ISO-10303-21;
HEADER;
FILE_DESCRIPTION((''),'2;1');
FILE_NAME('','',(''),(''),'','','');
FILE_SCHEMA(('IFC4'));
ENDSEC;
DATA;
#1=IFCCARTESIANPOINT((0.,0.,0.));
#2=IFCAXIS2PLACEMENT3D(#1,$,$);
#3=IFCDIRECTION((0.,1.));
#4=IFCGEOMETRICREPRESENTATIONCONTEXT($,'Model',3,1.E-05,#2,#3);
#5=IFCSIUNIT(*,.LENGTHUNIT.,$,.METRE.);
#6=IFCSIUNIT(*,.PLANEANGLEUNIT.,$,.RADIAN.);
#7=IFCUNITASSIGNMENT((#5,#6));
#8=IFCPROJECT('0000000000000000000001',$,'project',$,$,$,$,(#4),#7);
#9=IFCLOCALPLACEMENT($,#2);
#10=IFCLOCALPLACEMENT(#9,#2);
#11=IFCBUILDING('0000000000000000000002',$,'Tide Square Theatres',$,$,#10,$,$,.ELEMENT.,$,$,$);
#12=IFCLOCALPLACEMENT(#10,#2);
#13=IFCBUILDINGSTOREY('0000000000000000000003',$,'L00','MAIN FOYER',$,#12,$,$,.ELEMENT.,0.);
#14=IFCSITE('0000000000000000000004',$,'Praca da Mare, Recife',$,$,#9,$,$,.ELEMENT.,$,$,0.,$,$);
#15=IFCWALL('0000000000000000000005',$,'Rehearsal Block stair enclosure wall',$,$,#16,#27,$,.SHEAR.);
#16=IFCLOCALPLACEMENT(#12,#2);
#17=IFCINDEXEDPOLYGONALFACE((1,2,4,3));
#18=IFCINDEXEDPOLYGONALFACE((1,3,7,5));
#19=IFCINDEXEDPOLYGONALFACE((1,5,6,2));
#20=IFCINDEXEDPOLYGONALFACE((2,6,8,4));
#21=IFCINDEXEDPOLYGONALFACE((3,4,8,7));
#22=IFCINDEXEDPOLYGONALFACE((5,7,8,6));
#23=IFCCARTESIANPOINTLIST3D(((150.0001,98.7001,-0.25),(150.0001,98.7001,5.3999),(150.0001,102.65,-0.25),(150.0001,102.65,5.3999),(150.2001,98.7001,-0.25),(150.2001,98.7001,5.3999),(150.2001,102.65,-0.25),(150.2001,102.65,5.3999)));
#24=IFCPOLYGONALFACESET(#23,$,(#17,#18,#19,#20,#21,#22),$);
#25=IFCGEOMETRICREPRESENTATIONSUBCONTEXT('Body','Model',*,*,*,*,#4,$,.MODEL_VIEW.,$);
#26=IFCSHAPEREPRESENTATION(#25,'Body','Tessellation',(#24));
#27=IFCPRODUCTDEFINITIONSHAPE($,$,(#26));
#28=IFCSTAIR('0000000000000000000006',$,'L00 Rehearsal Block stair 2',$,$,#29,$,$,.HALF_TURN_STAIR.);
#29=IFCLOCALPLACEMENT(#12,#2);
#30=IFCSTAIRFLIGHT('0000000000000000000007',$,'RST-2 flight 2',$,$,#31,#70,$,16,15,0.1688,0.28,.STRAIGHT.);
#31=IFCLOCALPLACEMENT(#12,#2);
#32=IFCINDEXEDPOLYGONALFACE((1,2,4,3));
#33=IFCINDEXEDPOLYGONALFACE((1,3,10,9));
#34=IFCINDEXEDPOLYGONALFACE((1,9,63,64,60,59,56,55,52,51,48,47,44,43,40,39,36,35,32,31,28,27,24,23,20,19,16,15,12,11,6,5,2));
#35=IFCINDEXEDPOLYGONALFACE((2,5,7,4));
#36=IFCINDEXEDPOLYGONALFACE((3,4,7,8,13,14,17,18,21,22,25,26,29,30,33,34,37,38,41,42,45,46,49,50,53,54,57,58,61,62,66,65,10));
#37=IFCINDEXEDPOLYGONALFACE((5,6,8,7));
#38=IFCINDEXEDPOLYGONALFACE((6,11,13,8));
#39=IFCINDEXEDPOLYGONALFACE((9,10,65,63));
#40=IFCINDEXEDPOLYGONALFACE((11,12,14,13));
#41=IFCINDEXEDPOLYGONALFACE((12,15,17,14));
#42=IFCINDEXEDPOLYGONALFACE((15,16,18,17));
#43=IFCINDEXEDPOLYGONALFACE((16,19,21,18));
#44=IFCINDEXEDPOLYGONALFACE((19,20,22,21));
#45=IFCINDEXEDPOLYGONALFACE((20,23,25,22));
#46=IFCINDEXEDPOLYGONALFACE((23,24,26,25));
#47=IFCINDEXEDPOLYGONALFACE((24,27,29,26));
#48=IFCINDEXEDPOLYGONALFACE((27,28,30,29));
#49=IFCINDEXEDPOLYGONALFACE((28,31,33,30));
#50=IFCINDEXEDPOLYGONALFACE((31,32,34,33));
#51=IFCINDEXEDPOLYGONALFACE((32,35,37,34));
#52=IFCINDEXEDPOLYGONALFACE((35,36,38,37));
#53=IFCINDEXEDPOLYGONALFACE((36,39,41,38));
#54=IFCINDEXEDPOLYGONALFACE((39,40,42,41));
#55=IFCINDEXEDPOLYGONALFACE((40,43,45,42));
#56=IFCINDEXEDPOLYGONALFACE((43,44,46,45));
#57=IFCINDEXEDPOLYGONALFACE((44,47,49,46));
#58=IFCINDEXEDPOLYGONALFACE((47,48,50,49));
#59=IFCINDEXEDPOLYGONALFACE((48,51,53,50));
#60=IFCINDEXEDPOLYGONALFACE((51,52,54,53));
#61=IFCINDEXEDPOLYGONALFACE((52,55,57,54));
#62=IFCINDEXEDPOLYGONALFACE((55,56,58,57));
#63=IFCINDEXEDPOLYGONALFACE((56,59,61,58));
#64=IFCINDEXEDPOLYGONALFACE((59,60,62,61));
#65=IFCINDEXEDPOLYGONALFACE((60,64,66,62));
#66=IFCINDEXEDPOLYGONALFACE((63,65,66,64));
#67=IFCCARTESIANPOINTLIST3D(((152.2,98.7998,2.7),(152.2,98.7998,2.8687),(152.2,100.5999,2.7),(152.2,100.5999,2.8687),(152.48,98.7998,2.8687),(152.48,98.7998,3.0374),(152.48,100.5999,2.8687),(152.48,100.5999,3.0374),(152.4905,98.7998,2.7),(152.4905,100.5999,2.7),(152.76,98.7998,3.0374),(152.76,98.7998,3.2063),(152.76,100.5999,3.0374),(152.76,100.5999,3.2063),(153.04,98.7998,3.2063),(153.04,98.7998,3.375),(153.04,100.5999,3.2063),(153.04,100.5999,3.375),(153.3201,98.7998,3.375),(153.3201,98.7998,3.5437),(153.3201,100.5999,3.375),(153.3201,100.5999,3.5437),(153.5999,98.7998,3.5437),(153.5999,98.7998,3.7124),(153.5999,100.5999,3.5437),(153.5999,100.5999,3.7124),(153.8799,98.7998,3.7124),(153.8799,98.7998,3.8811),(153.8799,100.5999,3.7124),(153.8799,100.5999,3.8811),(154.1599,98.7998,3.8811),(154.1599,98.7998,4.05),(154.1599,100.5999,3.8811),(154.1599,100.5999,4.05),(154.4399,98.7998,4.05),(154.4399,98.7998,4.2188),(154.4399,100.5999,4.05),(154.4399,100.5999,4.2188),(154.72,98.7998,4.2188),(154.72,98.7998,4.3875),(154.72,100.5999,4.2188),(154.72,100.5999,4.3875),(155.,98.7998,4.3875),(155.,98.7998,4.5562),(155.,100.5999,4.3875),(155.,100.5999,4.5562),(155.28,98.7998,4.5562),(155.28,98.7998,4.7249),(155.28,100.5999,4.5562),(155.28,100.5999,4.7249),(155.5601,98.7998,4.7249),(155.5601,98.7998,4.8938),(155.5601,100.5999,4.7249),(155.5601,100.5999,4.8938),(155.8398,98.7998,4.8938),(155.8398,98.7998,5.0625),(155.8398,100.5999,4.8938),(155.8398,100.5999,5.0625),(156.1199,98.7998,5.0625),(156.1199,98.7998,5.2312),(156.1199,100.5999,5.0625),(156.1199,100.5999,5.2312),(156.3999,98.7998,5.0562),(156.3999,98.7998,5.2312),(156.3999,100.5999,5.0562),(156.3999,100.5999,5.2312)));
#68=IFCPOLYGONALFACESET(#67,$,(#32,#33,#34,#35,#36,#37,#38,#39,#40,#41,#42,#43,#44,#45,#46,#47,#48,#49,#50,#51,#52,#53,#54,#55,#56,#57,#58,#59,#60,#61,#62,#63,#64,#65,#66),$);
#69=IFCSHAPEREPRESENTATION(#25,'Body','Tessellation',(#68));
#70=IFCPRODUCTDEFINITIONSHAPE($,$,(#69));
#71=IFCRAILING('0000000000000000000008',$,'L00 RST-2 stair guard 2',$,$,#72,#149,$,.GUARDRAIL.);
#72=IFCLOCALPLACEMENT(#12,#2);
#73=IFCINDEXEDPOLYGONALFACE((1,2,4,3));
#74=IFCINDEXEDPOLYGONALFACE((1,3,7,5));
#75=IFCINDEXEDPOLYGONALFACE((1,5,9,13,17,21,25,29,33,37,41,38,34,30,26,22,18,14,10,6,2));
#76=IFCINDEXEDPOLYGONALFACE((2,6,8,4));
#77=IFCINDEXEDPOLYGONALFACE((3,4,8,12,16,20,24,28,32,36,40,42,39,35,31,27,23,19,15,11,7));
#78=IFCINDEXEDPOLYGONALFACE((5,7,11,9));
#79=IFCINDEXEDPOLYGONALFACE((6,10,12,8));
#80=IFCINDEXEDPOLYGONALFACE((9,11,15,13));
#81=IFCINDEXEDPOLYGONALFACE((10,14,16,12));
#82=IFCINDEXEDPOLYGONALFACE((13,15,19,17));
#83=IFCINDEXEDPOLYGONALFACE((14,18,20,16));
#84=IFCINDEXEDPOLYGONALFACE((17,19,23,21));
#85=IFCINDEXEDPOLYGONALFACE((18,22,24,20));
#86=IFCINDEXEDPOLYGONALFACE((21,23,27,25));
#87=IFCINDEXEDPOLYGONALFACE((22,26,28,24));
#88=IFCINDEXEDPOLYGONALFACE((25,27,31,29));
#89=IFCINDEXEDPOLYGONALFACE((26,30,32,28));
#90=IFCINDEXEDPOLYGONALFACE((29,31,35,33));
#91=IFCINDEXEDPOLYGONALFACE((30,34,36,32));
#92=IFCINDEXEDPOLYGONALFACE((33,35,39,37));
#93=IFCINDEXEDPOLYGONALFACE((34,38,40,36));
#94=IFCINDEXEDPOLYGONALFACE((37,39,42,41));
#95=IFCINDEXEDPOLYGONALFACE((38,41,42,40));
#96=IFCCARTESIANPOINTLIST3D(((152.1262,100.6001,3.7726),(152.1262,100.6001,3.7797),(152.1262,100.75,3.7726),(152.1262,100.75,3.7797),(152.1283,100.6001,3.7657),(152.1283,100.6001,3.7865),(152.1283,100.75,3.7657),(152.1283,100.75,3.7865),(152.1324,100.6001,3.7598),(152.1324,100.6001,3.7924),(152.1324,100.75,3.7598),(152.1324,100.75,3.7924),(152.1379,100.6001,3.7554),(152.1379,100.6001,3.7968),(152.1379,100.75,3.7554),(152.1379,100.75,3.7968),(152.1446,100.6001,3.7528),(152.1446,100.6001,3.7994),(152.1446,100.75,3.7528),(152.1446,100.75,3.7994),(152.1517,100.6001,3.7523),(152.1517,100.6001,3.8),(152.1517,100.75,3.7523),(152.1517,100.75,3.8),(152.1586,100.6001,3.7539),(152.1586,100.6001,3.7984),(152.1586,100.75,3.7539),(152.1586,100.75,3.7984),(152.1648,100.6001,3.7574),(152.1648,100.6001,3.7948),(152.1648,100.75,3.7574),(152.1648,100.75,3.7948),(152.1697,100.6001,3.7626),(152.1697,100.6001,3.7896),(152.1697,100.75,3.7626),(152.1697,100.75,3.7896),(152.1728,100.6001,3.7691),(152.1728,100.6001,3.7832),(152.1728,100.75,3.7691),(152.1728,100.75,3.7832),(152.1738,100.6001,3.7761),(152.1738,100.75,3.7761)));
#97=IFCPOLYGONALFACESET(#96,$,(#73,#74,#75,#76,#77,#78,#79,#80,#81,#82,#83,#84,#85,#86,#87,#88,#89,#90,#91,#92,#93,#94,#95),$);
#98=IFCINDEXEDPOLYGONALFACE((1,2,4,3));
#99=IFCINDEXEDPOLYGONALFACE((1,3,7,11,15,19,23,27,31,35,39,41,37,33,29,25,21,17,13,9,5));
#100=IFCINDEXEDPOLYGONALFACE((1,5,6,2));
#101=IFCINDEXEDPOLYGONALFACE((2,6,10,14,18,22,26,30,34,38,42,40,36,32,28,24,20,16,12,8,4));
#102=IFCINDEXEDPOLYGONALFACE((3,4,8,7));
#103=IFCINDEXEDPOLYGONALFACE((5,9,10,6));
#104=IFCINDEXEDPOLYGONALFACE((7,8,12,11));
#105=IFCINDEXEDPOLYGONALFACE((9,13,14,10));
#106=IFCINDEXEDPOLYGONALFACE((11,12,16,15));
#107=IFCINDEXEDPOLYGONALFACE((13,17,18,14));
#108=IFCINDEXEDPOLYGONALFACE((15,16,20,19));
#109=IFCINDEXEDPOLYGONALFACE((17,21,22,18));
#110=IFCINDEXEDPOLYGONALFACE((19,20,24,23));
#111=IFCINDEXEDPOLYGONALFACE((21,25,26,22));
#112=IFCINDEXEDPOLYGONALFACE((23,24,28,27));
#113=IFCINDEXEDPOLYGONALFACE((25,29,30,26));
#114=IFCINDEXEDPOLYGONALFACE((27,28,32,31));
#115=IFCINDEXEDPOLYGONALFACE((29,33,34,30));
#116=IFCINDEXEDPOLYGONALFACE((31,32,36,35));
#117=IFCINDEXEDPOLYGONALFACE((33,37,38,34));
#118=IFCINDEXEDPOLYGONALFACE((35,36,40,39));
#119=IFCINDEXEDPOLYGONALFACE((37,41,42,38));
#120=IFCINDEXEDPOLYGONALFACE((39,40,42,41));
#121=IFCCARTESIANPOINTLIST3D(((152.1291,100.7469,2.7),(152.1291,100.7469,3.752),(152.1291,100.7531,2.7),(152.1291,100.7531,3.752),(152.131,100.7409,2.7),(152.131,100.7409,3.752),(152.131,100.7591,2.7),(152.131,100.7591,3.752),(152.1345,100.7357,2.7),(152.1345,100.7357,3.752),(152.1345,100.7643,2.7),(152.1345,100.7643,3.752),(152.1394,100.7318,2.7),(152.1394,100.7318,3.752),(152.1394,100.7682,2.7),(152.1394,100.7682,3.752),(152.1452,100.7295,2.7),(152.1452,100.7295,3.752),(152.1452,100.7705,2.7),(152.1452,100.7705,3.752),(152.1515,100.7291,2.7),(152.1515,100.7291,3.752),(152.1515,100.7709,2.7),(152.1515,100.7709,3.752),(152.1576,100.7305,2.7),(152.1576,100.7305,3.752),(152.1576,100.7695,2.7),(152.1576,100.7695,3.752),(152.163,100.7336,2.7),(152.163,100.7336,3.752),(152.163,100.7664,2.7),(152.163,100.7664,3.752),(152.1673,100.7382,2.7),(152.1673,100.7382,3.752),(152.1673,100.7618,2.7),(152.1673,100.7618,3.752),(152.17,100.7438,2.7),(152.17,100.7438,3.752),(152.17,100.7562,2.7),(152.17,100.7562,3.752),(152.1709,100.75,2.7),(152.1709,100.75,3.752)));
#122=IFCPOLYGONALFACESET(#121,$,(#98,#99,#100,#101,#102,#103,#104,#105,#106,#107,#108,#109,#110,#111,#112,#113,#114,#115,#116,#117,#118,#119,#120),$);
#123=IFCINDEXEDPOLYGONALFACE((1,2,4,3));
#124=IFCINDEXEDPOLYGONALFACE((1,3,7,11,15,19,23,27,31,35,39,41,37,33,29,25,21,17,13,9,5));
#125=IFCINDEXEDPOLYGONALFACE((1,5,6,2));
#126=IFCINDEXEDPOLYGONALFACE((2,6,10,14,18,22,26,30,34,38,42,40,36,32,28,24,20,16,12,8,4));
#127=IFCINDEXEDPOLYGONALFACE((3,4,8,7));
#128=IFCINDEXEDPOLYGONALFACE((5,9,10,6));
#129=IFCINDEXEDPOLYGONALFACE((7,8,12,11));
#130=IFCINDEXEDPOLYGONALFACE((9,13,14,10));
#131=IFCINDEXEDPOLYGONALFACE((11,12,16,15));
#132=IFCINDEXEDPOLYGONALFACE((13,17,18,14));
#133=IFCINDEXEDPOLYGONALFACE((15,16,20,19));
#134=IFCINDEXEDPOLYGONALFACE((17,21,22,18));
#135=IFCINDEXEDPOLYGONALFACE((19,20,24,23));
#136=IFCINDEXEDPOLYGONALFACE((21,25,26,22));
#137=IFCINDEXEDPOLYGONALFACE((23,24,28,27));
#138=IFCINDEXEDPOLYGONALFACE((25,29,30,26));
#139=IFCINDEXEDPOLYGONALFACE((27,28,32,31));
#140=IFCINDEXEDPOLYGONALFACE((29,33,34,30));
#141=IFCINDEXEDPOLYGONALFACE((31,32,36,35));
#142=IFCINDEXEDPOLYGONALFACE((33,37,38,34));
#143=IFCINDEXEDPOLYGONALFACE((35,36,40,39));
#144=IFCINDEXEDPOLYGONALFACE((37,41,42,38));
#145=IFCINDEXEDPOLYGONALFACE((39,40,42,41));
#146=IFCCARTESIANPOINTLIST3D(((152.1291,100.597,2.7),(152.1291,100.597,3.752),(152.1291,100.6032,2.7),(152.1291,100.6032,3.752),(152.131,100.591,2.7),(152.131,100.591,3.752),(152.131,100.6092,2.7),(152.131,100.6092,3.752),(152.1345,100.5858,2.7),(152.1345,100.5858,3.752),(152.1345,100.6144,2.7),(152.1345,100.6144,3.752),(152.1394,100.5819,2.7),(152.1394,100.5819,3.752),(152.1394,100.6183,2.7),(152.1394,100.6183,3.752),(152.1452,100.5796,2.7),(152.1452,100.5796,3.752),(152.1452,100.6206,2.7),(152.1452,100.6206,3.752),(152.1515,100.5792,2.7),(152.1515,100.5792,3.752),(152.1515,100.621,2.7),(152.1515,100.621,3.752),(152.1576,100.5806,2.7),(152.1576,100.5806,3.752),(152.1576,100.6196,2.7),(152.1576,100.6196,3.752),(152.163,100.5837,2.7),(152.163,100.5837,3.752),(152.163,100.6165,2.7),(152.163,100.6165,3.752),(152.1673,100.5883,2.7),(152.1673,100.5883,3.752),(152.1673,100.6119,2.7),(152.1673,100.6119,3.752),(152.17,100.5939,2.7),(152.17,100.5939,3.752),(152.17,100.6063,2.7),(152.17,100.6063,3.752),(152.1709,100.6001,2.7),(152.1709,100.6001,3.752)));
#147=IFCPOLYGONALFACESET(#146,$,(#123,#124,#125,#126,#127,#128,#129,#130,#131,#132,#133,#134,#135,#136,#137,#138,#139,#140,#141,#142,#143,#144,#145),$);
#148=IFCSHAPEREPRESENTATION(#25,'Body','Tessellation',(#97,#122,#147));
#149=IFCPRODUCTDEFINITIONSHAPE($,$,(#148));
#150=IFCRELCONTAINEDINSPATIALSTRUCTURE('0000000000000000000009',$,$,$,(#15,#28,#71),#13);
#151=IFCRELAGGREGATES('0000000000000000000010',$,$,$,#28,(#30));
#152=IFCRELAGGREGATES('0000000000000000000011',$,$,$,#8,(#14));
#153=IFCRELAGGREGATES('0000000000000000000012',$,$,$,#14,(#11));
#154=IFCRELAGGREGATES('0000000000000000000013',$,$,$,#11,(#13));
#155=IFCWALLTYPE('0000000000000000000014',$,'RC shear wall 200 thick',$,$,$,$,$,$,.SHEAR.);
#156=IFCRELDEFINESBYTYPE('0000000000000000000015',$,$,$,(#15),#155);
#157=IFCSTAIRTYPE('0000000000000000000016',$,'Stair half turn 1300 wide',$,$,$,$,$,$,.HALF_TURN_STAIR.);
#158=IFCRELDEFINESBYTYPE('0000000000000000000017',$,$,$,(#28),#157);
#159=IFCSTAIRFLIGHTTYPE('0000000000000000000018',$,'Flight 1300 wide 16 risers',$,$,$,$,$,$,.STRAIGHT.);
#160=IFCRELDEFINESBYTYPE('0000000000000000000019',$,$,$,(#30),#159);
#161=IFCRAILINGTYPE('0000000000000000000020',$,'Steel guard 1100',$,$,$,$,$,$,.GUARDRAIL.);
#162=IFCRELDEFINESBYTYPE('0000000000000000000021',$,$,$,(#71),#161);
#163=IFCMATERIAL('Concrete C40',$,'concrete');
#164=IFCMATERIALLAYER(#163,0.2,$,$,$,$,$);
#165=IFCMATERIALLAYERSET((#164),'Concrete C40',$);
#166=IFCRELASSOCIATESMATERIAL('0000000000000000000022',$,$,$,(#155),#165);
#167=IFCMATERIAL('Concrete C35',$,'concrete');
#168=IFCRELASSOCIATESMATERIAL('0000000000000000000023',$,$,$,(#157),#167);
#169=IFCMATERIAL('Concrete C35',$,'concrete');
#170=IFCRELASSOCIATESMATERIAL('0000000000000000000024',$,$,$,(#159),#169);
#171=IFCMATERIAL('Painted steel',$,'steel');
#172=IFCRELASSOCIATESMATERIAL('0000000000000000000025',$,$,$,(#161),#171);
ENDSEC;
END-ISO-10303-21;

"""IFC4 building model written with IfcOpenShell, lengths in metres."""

from ifc_helpers import new_model, si_unit, direction, frame, frame_2d, origin, origin_2d, place, context, subcontext, project, spatial, polyline, rectangle, circle, outline, extrude, material, layer, layer_set, type_object, element, aggregate, save


model = new_model("IFC4")

# Units and contexts
model_context = context("Model", 3, precision=1e-05, world=origin(), true_north=direction((0.0, 1.0)))
body_context = subcontext(model_context, "Body", "Model", "MODEL_VIEW")
ifc_project = project(units=[si_unit("LENGTHUNIT", "METRE"), si_unit("PLANEANGLEUNIT", "RADIAN")], contexts=[model_context])

# Site, building, storey
site_placement = place(None, origin())
site = spatial("IfcSite", under=ifc_project, at=site_placement, Name="Praca da Mare, Recife", CompositionType="ELEMENT", RefElevation=0.0)
building_placement = place(site_placement, origin())
building = spatial("IfcBuilding", under=site, at=building_placement, Name="Tide Square Theatres", CompositionType="ELEMENT")
storey_placement = place(building_placement, origin())
storey = spatial("IfcBuildingStorey", under=building, at=storey_placement, Name="L00", Description="MAIN FOYER", CompositionType="ELEMENT", Elevation=0.0)

# Shared definitions
ifc_material_1 = material(Name="Concrete C40", Category="concrete")
ifc_layer_1 = layer(ifc_material_1, 0.2)
ifc_layer_set_1 = layer_set([ifc_layer_1], Name="Concrete C40")
wall_type_1 = type_object("IfcWallType", Name="RC shear wall 200 thick", PredefinedType="SHEAR", material=ifc_layer_set_1)

# Wall
wall_1_placement = place(storey_placement, frame((150.1001, 98.7, -0.25), z_axis=(0.0, 0.0, 1.0), x_axis=(0.0, 1.0, 0.0)))
element("IfcWall", 1, at=wall_1_placement, inside=storey, type_object=wall_type_1, Name="Rehearsal Block stair enclosure wall", PredefinedType="SHEAR", context=body_context, shape_type="SweptSolid", body=[
    extrude(rectangle(XDim=3.95, YDim=0.2, at=frame_2d((1.9751, 0.0))), origin(), (0.0, 0.0, 1.0), 5.6499),
])

# Stair, stair flight
ifc_material_2 = material(Name="Concrete C35", Category="concrete")
stair_type = type_object("IfcStairType", Name="Stair half turn 1300 wide", PredefinedType="HALF_TURN_STAIR", material=ifc_material_2)
stair_placement = place(storey_placement, origin())
stair = element("IfcStair", 2, at=stair_placement, inside=storey, type_object=stair_type, Name="L00 Rehearsal Block stair 2", PredefinedType="HALF_TURN_STAIR")
ifc_material_3 = material(Name="Concrete C35", Category="concrete")
stair_flight_type = type_object("IfcStairFlightType", Name="Flight 1300 wide 16 risers", PredefinedType="STRAIGHT", material=ifc_material_3)
stair_flight_placement = place(storey_placement, frame((152.2, 99.7, 2.7), z_axis=(0.0, 0.0, 1.0), x_axis=(1.0, 0.0, 0.0)))
stair_flight = element("IfcStairFlight", 3, at=stair_flight_placement, type_object=stair_flight_type, Name="RST-2 flight 2", NumberOfRisers=16, NumberOfTreads=15, PredefinedType="STRAIGHT", RiserHeight=0.1688, TreadLength=0.28, context=body_context, shape_type="SweptSolid", body=[
    extrude(outline(polyline([(0.0, 0.0), (0.0, 0.1687), (0.28, 0.1687), (0.28, 0.3374), (0.5601, 0.3374), (0.5601, 0.5063), (0.8401, 0.5063), (0.8401, 0.675), (1.1201, 0.675), (1.1201, 0.8438), (1.3999, 0.8438), (1.3999, 1.0125), (1.6799, 1.0125), (1.6799, 1.1812), (1.96, 1.1812), (1.96, 1.3501), (2.24, 1.3501), (2.24, 1.5188), (2.52, 1.5188), (2.52, 1.6875), (2.8, 1.6875), (2.8, 1.8562), (3.0801, 1.8562), (3.0801, 2.0249), (3.3601, 2.0249), (3.3601, 2.1938), (3.6399, 2.1938), (3.6399, 2.3625), (3.9199, 2.3625), (3.9199, 2.5312), (4.2, 2.5312), (4.2, 2.7), (4.2, 2.3562), (0.2905, 0.0), (0.0, 0.0)])), frame((0.0, 0.8999, 0.0), z_axis=(0.0, -1.0, 0.0), x_axis=(1.0, 0.0, 0.0)), (0.0, 0.0, 1.0), 1.8),
])
aggregate(stair, [stair_flight])

# Railing
ifc_material_4 = material(Name="Painted steel", Category="steel")
railing_type_1 = type_object("IfcRailingType", Name="Steel guard 1100", PredefinedType="GUARDRAIL", material=ifc_material_4)
railing_1_placement = place(storey_placement, frame((152.1499, 100.75, 2.7)))
element("IfcRailing", 4, at=railing_1_placement, inside=storey, type_object=railing_type_1, Name="L00 RST-2 stair guard 2", PredefinedType="GUARDRAIL", context=body_context, shape_type="SweptSolid", body=[
    extrude(circle(Radius=0.0239, at=origin_2d()), frame((0.0, 0.0, 1.0762), z_axis=(0.0, -1.0, 0.0), x_axis=(1.0, 0.0, 0.0)), (0.0, 0.0, 1.0), 0.1499),
    extrude(circle(Radius=0.021, at=origin_2d()), origin(), (0.0, 0.0, 1.0), 1.052),
    extrude(circle(Radius=0.021, at=origin_2d()), frame((0.0, -0.1499, 0.0)), (0.0, 0.0, 1.0), 1.052),
])

save(model, "model.ifc")
